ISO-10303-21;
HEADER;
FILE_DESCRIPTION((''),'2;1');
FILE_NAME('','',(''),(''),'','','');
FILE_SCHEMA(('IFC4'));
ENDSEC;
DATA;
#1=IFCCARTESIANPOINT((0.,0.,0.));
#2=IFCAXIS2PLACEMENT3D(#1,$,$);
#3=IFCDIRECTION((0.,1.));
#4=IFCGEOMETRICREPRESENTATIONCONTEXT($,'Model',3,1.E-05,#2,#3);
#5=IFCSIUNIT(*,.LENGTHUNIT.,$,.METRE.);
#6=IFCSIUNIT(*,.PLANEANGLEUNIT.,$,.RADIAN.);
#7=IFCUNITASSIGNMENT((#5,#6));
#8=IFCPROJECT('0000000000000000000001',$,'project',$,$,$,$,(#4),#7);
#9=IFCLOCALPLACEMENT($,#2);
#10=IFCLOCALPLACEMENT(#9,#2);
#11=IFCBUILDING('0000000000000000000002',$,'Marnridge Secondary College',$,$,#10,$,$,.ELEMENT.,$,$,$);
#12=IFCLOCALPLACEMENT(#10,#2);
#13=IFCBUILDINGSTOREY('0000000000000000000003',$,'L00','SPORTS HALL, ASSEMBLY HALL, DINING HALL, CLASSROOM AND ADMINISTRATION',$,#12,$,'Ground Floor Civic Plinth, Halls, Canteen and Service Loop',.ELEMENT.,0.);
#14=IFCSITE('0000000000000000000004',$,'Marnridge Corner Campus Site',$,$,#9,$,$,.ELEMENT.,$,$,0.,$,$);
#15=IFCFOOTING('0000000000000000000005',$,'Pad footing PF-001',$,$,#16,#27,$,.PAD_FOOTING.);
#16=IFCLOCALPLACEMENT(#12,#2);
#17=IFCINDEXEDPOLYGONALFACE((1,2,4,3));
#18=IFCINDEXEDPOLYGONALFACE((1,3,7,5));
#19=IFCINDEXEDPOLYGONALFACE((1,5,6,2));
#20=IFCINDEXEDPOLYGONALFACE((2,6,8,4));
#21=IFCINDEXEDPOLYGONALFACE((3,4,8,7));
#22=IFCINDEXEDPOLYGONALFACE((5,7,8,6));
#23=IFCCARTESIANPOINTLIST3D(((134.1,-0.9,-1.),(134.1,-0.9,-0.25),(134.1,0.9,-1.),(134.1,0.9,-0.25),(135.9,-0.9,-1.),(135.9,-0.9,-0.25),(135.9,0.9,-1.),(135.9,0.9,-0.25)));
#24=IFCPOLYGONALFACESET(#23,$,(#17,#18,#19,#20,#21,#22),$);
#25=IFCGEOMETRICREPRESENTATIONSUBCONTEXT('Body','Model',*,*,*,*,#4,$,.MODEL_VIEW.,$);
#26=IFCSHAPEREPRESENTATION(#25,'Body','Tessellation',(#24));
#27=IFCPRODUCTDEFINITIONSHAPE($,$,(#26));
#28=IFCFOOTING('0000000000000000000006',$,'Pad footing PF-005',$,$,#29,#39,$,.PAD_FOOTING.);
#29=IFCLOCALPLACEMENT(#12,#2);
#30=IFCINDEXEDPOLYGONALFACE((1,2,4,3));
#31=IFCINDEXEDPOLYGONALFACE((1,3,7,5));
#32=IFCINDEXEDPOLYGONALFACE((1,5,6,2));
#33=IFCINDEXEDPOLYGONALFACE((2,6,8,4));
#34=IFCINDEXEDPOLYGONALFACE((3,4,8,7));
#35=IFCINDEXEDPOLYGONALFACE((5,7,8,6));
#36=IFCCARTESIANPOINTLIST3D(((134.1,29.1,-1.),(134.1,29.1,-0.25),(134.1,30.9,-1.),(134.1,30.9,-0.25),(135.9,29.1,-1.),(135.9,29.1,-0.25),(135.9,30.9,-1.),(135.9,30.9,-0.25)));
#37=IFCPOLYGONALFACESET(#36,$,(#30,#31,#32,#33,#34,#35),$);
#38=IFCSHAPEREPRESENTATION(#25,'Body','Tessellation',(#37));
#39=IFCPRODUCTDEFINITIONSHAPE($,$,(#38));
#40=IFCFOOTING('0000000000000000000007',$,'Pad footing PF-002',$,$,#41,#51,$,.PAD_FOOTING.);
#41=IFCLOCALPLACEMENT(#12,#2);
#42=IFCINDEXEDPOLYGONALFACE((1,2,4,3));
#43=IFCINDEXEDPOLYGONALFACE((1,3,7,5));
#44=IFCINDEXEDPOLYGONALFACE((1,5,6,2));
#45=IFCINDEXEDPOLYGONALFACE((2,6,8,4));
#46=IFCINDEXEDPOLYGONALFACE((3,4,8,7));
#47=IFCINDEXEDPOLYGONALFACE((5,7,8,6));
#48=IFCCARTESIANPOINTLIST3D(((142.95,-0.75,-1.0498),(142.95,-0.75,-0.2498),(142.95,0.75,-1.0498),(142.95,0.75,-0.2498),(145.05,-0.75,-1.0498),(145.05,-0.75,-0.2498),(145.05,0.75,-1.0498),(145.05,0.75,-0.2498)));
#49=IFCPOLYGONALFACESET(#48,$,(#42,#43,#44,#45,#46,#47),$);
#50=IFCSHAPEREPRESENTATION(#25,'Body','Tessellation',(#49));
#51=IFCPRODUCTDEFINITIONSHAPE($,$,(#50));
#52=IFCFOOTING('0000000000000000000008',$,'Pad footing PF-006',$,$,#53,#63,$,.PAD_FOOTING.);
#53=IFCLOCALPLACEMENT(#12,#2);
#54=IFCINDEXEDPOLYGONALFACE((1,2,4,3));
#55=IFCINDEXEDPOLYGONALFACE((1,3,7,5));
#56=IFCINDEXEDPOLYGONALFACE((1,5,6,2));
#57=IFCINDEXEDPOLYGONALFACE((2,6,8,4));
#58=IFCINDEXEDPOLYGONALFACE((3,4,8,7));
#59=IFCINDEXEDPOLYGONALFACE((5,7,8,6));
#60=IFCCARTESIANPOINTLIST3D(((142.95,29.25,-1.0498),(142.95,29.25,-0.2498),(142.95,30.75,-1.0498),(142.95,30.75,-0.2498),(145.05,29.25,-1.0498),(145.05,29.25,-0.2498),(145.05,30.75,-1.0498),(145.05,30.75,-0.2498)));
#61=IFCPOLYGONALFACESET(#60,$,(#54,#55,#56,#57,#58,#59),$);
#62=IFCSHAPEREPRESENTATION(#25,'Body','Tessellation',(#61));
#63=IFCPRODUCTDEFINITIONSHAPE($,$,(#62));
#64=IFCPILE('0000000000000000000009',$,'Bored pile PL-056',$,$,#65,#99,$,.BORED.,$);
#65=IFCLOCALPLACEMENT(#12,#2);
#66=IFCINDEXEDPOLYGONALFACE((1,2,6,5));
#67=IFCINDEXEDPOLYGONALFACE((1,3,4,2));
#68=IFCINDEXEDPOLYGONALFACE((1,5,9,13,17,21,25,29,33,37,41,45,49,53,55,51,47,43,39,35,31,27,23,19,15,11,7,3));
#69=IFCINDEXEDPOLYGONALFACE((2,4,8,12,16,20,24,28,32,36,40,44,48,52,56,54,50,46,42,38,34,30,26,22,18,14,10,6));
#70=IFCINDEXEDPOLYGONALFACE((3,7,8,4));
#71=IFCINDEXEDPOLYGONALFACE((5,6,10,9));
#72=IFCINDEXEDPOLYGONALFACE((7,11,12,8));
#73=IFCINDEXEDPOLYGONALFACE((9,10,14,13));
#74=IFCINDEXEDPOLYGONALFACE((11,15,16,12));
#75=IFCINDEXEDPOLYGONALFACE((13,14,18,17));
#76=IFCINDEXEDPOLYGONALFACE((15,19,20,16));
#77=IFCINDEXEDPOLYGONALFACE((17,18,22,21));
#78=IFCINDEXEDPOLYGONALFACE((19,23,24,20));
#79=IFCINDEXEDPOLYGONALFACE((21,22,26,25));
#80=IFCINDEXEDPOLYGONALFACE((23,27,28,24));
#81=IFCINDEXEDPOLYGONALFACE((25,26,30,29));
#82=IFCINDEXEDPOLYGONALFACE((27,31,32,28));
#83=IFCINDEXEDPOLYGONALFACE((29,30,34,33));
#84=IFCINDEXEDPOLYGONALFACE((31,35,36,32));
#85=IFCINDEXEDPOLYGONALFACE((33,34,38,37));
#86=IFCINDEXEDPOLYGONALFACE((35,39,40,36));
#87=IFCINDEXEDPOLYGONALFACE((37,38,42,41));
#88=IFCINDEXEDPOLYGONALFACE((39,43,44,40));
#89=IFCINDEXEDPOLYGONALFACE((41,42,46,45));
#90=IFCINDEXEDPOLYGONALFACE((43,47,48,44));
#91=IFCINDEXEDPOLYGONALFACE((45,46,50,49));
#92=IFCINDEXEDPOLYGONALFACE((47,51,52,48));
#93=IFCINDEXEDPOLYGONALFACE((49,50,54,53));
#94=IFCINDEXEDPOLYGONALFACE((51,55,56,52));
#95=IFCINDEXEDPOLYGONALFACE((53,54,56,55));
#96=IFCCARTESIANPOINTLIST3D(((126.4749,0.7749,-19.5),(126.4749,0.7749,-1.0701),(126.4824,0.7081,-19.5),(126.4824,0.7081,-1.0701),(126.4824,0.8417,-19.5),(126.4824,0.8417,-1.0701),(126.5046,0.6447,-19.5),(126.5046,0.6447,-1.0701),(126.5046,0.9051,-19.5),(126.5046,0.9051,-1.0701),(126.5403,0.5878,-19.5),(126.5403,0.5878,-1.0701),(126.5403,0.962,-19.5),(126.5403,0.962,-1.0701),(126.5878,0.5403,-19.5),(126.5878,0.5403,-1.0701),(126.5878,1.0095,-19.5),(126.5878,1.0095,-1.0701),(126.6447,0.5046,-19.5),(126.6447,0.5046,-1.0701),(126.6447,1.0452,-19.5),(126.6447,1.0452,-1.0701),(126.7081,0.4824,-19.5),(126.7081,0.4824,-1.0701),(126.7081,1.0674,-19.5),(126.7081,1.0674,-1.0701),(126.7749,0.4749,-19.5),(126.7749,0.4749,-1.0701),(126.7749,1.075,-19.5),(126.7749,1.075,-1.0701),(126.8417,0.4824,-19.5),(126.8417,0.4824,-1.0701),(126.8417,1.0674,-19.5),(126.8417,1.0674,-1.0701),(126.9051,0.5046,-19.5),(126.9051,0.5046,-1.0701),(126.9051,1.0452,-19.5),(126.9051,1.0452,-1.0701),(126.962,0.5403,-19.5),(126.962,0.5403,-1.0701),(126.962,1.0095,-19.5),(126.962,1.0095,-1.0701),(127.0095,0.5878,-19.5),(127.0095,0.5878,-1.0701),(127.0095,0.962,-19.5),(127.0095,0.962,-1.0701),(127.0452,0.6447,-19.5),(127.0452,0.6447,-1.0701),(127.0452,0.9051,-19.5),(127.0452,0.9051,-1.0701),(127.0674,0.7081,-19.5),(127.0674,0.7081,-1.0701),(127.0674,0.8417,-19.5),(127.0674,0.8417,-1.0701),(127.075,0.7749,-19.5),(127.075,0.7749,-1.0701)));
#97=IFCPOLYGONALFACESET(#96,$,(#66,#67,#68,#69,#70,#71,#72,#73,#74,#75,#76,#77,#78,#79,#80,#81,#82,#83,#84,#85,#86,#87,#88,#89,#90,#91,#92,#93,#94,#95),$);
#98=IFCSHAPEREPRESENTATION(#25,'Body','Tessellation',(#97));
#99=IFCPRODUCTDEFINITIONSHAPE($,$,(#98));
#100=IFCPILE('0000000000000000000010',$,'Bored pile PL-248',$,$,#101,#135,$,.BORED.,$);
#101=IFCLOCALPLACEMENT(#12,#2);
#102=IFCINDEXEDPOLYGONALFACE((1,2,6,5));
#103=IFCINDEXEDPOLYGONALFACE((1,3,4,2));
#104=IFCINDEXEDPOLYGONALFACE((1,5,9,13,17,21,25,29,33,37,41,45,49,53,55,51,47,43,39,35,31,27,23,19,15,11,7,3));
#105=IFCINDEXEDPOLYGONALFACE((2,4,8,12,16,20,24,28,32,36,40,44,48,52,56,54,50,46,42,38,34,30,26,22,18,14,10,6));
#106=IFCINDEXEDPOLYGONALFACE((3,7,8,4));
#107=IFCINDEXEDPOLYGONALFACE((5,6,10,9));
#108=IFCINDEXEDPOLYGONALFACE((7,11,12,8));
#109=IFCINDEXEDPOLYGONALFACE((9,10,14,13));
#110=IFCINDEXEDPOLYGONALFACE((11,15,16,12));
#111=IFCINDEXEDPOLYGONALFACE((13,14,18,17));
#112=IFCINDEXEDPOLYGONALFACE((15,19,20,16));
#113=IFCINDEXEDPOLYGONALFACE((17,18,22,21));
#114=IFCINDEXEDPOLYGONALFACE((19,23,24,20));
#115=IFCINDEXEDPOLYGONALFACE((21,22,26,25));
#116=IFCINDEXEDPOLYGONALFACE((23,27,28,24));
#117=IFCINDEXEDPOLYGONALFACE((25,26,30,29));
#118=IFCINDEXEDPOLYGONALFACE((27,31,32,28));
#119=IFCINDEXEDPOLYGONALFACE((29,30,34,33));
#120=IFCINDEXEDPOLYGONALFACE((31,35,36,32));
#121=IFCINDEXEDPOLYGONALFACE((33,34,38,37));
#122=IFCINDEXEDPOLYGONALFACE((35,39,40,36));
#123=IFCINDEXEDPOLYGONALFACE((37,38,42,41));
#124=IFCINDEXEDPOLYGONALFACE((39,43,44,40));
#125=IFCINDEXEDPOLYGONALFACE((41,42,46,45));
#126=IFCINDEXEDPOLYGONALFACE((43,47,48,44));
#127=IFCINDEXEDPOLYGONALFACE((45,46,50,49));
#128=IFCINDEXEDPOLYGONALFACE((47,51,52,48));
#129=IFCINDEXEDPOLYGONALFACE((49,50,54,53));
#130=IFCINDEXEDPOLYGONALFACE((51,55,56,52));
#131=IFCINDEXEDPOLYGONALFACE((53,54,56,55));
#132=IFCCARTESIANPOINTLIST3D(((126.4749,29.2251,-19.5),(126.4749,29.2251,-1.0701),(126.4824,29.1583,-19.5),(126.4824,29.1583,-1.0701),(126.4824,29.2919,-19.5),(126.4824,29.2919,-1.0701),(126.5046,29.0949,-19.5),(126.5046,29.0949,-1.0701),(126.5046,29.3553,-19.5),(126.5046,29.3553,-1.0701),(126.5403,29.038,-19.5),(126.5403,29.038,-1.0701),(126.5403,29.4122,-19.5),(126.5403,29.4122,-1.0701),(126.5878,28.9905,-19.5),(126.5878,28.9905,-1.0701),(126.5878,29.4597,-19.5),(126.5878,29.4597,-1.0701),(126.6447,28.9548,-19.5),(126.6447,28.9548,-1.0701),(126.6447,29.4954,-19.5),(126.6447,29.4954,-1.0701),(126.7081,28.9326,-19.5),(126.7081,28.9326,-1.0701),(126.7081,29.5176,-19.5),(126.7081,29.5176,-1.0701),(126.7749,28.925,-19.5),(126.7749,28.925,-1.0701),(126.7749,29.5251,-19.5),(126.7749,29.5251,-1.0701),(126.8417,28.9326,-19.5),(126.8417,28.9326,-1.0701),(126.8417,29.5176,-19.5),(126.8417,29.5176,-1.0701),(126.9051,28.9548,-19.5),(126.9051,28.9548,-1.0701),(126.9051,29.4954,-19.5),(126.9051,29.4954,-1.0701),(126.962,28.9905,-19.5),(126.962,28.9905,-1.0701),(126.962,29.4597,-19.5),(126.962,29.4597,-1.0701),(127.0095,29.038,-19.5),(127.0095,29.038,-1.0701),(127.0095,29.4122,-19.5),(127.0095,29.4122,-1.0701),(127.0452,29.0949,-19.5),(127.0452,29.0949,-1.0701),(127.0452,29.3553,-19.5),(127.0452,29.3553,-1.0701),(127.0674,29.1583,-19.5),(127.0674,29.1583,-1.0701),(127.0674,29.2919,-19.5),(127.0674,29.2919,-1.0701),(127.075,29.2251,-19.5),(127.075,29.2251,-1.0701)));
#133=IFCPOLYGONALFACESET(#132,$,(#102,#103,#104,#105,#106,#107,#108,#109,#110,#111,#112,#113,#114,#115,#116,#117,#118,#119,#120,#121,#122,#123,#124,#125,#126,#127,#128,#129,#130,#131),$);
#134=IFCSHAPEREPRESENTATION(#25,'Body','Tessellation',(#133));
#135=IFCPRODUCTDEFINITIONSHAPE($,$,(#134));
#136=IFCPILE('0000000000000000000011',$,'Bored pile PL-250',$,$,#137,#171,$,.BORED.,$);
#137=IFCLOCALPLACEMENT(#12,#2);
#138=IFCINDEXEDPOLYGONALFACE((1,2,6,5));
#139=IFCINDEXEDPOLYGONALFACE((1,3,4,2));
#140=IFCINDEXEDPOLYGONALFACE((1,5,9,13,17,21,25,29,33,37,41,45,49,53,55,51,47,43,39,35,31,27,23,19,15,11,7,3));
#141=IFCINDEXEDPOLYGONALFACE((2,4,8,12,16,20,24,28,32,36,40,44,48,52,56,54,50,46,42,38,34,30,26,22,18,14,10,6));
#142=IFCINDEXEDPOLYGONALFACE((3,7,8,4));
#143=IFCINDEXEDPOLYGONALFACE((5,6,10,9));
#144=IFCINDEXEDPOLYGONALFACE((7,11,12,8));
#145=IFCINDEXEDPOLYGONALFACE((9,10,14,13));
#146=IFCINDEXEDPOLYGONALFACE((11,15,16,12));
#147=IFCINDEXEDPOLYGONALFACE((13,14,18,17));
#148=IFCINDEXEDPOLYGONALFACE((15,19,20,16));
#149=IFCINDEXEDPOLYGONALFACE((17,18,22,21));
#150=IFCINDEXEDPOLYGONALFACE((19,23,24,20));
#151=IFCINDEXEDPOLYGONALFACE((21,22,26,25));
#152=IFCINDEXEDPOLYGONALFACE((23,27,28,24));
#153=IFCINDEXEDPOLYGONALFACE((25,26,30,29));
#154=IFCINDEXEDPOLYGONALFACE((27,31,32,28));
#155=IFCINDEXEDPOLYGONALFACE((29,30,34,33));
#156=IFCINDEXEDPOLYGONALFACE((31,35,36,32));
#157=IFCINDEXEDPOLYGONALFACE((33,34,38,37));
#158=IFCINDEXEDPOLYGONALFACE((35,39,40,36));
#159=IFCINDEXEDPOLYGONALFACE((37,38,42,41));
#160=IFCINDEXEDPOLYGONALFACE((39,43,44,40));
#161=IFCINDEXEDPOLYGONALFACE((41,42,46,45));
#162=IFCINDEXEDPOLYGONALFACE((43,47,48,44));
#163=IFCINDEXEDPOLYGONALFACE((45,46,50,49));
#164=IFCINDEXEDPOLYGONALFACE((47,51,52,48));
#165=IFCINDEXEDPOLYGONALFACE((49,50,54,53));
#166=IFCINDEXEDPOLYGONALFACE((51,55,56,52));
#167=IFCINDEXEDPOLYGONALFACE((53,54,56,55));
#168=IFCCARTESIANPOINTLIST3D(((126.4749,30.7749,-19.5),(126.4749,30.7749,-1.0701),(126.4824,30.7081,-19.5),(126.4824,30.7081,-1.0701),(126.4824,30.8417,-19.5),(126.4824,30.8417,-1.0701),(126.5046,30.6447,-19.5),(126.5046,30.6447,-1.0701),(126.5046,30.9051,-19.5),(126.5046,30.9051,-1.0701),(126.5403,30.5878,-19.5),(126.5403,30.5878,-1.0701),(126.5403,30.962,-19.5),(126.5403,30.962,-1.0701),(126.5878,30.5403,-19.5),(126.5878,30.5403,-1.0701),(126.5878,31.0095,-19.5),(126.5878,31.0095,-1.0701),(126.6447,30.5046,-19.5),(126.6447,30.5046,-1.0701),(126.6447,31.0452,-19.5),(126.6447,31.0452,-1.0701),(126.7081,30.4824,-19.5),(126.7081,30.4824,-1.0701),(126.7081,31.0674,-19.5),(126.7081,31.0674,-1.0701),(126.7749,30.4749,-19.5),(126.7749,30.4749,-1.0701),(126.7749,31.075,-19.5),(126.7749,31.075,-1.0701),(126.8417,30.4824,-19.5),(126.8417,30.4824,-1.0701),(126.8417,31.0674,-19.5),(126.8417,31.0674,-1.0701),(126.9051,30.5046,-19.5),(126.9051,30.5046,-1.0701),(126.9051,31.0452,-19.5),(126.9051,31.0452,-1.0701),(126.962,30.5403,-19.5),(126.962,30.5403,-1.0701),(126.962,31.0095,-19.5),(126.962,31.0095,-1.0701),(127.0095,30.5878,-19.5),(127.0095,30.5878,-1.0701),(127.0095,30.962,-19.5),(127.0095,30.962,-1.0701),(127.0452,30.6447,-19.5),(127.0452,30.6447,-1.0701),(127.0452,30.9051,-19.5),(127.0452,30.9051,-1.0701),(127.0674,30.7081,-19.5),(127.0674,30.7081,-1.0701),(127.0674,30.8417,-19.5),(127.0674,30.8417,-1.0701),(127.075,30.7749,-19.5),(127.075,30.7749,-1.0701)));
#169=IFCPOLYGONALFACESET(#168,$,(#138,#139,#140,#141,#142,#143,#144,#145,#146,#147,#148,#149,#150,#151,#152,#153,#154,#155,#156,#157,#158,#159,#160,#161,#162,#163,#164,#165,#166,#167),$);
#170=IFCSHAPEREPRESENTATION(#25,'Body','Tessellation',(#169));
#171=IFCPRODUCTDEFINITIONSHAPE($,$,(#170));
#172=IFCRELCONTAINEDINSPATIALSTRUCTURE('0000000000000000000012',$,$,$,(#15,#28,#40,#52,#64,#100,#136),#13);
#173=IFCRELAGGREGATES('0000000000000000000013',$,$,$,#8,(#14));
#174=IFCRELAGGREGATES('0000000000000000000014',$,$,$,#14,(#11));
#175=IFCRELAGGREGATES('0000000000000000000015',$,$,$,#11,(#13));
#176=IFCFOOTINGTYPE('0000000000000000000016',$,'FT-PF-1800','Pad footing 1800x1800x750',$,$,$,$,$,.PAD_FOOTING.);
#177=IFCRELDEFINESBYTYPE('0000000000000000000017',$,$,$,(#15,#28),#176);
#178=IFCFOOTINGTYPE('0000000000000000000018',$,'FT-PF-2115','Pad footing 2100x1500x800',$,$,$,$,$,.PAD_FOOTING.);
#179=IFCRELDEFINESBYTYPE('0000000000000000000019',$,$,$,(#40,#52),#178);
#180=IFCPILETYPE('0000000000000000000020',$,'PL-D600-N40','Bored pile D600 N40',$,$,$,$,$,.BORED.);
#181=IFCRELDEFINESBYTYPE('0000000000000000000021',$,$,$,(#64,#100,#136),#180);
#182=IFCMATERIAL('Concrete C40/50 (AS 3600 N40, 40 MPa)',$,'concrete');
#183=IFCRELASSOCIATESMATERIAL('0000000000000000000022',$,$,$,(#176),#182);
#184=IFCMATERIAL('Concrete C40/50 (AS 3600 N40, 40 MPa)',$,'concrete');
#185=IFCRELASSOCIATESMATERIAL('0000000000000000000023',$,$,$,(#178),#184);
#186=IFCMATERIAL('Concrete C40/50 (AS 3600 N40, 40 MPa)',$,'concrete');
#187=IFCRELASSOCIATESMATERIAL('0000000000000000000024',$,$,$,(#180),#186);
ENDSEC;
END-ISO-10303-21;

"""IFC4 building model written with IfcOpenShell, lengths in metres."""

from ifc_helpers import new_model, si_unit, direction, frame, origin, origin_2d, place, context, subcontext, project, spatial, rectangle, circle, extrude, material, material_profile, profile_set, type_object, element, save


model = new_model("IFC4")

# Units and contexts
model_context = context("Model", 3, precision=1e-05, world=origin(), true_north=direction((0.0, 1.0)))
body_context = subcontext(model_context, "Body", "Model", "MODEL_VIEW")
ifc_project = project(units=[si_unit("LENGTHUNIT", "METRE"), si_unit("PLANEANGLEUNIT", "RADIAN")], contexts=[model_context])

# Site, building, storey
site_placement = place(None, origin())
site = spatial("IfcSite", under=ifc_project, at=site_placement, Name="Marnridge Corner Campus Site", CompositionType="ELEMENT", RefElevation=0.0)
building_placement = place(site_placement, origin())
building = spatial("IfcBuilding", under=site, at=building_placement, Name="Marnridge Secondary College", CompositionType="ELEMENT")
storey_placement = place(building_placement, origin())
storey = spatial("IfcBuildingStorey", under=building, at=storey_placement, Name="L00", Description="SPORTS HALL, ASSEMBLY HALL, DINING HALL, CLASSROOM AND ADMINISTRATION", LongName="Ground Floor Civic Plinth, Halls, Canteen and Service Loop", CompositionType="ELEMENT", Elevation=0.0)

# Footings
ifc_material_1 = material(Name="Concrete C40/50 (AS 3600 N40, 40 MPa)", Category="concrete")
footing_type_1 = type_object("IfcFootingType", Name="FT-PF-1800", Description="Pad footing 1800x1800x750", PredefinedType="PAD_FOOTING", material=ifc_material_1)
for number, where, z_axis, x_axis, name in (
    (1, (135.0, 0.0, -1.0), (0.0, 0.0, 1.0), (1.0, 0.0, 0.0), "Pad footing PF-001"),
    (2, (135.0, 30.0, -1.0), (0.0, 0.0, 1.0), (1.0, 0.0, 0.0), "Pad footing PF-005"),
):
    element("IfcFooting", number, at=place(storey_placement, frame(where, z_axis=z_axis, x_axis=x_axis)), inside=storey, type_object=footing_type_1, Name=name, PredefinedType="PAD_FOOTING", context=body_context, shape_type="SweptSolid", body=[
        extrude(rectangle(XDim=1.8, YDim=1.8, at=origin_2d()), origin(), (0.0, 0.0, 1.0), 0.75),
    ])
ifc_material_2 = material(Name="Concrete C40/50 (AS 3600 N40, 40 MPa)", Category="concrete")
footing_type_2 = type_object("IfcFootingType", Name="FT-PF-2115", Description="Pad footing 2100x1500x800", PredefinedType="PAD_FOOTING", material=ifc_material_2)
for number, where, z_axis, x_axis, name in (
    (3, (144.0, 0.0, -1.0498), (0.0, 0.0, 1.0), (1.0, 0.0, 0.0), "Pad footing PF-002"),
    (4, (144.0, 30.0, -1.0498), (0.0, 0.0, 1.0), (1.0, 0.0, 0.0), "Pad footing PF-006"),
):
    element("IfcFooting", number, at=place(storey_placement, frame(where, z_axis=z_axis, x_axis=x_axis)), inside=storey, type_object=footing_type_2, Name=name, PredefinedType="PAD_FOOTING", context=body_context, shape_type="SweptSolid", body=[
        extrude(rectangle(XDim=2.1001, YDim=1.5, at=origin_2d()), origin(), (0.0, 0.0, 1.0), 0.8),
    ])

# Piles
ifc_material_3 = material(Name="Concrete C40/50 (AS 3600 N40, 40 MPa)", Category="concrete")
ifc_material_profile_1 = material_profile(ifc_material_3, circle(Radius=0.3, at=origin_2d()), Name="PILE D600")
ifc_profile_set_1 = profile_set([ifc_material_profile_1], Name="Concrete C40/50 (AS 3600 N40, 40 MPa)")
pile_type = type_object("IfcPileType", Name="PL-D600-N40", Description="Bored pile D600 N40", PredefinedType="BORED", material=ifc_profile_set_1)
for number, where, z_axis, x_axis, name in (
    (5, (126.7749, 0.7749, -1.0701), (0.0, 0.0, -1.0), (1.0, 0.0, 0.0), "Bored pile PL-056"),
    (6, (126.7749, 29.2251, -1.0701), (0.0, 0.0, -1.0), (1.0, 0.0, 0.0), "Bored pile PL-248"),
    (7, (126.7749, 30.7749, -1.0701), (0.0, 0.0, -1.0), (1.0, 0.0, 0.0), "Bored pile PL-250"),
):
    element("IfcPile", number, at=place(storey_placement, frame(where, z_axis=z_axis, x_axis=x_axis)), inside=storey, type_object=pile_type, Name=name, PredefinedType="BORED", context=body_context, shape_type="SweptSolid", body=[
        extrude(circle(Radius=0.3, at=origin_2d()), origin(), (0.0, 0.0, 1.0), 18.4299),
    ])

save(model, "model.ifc")
